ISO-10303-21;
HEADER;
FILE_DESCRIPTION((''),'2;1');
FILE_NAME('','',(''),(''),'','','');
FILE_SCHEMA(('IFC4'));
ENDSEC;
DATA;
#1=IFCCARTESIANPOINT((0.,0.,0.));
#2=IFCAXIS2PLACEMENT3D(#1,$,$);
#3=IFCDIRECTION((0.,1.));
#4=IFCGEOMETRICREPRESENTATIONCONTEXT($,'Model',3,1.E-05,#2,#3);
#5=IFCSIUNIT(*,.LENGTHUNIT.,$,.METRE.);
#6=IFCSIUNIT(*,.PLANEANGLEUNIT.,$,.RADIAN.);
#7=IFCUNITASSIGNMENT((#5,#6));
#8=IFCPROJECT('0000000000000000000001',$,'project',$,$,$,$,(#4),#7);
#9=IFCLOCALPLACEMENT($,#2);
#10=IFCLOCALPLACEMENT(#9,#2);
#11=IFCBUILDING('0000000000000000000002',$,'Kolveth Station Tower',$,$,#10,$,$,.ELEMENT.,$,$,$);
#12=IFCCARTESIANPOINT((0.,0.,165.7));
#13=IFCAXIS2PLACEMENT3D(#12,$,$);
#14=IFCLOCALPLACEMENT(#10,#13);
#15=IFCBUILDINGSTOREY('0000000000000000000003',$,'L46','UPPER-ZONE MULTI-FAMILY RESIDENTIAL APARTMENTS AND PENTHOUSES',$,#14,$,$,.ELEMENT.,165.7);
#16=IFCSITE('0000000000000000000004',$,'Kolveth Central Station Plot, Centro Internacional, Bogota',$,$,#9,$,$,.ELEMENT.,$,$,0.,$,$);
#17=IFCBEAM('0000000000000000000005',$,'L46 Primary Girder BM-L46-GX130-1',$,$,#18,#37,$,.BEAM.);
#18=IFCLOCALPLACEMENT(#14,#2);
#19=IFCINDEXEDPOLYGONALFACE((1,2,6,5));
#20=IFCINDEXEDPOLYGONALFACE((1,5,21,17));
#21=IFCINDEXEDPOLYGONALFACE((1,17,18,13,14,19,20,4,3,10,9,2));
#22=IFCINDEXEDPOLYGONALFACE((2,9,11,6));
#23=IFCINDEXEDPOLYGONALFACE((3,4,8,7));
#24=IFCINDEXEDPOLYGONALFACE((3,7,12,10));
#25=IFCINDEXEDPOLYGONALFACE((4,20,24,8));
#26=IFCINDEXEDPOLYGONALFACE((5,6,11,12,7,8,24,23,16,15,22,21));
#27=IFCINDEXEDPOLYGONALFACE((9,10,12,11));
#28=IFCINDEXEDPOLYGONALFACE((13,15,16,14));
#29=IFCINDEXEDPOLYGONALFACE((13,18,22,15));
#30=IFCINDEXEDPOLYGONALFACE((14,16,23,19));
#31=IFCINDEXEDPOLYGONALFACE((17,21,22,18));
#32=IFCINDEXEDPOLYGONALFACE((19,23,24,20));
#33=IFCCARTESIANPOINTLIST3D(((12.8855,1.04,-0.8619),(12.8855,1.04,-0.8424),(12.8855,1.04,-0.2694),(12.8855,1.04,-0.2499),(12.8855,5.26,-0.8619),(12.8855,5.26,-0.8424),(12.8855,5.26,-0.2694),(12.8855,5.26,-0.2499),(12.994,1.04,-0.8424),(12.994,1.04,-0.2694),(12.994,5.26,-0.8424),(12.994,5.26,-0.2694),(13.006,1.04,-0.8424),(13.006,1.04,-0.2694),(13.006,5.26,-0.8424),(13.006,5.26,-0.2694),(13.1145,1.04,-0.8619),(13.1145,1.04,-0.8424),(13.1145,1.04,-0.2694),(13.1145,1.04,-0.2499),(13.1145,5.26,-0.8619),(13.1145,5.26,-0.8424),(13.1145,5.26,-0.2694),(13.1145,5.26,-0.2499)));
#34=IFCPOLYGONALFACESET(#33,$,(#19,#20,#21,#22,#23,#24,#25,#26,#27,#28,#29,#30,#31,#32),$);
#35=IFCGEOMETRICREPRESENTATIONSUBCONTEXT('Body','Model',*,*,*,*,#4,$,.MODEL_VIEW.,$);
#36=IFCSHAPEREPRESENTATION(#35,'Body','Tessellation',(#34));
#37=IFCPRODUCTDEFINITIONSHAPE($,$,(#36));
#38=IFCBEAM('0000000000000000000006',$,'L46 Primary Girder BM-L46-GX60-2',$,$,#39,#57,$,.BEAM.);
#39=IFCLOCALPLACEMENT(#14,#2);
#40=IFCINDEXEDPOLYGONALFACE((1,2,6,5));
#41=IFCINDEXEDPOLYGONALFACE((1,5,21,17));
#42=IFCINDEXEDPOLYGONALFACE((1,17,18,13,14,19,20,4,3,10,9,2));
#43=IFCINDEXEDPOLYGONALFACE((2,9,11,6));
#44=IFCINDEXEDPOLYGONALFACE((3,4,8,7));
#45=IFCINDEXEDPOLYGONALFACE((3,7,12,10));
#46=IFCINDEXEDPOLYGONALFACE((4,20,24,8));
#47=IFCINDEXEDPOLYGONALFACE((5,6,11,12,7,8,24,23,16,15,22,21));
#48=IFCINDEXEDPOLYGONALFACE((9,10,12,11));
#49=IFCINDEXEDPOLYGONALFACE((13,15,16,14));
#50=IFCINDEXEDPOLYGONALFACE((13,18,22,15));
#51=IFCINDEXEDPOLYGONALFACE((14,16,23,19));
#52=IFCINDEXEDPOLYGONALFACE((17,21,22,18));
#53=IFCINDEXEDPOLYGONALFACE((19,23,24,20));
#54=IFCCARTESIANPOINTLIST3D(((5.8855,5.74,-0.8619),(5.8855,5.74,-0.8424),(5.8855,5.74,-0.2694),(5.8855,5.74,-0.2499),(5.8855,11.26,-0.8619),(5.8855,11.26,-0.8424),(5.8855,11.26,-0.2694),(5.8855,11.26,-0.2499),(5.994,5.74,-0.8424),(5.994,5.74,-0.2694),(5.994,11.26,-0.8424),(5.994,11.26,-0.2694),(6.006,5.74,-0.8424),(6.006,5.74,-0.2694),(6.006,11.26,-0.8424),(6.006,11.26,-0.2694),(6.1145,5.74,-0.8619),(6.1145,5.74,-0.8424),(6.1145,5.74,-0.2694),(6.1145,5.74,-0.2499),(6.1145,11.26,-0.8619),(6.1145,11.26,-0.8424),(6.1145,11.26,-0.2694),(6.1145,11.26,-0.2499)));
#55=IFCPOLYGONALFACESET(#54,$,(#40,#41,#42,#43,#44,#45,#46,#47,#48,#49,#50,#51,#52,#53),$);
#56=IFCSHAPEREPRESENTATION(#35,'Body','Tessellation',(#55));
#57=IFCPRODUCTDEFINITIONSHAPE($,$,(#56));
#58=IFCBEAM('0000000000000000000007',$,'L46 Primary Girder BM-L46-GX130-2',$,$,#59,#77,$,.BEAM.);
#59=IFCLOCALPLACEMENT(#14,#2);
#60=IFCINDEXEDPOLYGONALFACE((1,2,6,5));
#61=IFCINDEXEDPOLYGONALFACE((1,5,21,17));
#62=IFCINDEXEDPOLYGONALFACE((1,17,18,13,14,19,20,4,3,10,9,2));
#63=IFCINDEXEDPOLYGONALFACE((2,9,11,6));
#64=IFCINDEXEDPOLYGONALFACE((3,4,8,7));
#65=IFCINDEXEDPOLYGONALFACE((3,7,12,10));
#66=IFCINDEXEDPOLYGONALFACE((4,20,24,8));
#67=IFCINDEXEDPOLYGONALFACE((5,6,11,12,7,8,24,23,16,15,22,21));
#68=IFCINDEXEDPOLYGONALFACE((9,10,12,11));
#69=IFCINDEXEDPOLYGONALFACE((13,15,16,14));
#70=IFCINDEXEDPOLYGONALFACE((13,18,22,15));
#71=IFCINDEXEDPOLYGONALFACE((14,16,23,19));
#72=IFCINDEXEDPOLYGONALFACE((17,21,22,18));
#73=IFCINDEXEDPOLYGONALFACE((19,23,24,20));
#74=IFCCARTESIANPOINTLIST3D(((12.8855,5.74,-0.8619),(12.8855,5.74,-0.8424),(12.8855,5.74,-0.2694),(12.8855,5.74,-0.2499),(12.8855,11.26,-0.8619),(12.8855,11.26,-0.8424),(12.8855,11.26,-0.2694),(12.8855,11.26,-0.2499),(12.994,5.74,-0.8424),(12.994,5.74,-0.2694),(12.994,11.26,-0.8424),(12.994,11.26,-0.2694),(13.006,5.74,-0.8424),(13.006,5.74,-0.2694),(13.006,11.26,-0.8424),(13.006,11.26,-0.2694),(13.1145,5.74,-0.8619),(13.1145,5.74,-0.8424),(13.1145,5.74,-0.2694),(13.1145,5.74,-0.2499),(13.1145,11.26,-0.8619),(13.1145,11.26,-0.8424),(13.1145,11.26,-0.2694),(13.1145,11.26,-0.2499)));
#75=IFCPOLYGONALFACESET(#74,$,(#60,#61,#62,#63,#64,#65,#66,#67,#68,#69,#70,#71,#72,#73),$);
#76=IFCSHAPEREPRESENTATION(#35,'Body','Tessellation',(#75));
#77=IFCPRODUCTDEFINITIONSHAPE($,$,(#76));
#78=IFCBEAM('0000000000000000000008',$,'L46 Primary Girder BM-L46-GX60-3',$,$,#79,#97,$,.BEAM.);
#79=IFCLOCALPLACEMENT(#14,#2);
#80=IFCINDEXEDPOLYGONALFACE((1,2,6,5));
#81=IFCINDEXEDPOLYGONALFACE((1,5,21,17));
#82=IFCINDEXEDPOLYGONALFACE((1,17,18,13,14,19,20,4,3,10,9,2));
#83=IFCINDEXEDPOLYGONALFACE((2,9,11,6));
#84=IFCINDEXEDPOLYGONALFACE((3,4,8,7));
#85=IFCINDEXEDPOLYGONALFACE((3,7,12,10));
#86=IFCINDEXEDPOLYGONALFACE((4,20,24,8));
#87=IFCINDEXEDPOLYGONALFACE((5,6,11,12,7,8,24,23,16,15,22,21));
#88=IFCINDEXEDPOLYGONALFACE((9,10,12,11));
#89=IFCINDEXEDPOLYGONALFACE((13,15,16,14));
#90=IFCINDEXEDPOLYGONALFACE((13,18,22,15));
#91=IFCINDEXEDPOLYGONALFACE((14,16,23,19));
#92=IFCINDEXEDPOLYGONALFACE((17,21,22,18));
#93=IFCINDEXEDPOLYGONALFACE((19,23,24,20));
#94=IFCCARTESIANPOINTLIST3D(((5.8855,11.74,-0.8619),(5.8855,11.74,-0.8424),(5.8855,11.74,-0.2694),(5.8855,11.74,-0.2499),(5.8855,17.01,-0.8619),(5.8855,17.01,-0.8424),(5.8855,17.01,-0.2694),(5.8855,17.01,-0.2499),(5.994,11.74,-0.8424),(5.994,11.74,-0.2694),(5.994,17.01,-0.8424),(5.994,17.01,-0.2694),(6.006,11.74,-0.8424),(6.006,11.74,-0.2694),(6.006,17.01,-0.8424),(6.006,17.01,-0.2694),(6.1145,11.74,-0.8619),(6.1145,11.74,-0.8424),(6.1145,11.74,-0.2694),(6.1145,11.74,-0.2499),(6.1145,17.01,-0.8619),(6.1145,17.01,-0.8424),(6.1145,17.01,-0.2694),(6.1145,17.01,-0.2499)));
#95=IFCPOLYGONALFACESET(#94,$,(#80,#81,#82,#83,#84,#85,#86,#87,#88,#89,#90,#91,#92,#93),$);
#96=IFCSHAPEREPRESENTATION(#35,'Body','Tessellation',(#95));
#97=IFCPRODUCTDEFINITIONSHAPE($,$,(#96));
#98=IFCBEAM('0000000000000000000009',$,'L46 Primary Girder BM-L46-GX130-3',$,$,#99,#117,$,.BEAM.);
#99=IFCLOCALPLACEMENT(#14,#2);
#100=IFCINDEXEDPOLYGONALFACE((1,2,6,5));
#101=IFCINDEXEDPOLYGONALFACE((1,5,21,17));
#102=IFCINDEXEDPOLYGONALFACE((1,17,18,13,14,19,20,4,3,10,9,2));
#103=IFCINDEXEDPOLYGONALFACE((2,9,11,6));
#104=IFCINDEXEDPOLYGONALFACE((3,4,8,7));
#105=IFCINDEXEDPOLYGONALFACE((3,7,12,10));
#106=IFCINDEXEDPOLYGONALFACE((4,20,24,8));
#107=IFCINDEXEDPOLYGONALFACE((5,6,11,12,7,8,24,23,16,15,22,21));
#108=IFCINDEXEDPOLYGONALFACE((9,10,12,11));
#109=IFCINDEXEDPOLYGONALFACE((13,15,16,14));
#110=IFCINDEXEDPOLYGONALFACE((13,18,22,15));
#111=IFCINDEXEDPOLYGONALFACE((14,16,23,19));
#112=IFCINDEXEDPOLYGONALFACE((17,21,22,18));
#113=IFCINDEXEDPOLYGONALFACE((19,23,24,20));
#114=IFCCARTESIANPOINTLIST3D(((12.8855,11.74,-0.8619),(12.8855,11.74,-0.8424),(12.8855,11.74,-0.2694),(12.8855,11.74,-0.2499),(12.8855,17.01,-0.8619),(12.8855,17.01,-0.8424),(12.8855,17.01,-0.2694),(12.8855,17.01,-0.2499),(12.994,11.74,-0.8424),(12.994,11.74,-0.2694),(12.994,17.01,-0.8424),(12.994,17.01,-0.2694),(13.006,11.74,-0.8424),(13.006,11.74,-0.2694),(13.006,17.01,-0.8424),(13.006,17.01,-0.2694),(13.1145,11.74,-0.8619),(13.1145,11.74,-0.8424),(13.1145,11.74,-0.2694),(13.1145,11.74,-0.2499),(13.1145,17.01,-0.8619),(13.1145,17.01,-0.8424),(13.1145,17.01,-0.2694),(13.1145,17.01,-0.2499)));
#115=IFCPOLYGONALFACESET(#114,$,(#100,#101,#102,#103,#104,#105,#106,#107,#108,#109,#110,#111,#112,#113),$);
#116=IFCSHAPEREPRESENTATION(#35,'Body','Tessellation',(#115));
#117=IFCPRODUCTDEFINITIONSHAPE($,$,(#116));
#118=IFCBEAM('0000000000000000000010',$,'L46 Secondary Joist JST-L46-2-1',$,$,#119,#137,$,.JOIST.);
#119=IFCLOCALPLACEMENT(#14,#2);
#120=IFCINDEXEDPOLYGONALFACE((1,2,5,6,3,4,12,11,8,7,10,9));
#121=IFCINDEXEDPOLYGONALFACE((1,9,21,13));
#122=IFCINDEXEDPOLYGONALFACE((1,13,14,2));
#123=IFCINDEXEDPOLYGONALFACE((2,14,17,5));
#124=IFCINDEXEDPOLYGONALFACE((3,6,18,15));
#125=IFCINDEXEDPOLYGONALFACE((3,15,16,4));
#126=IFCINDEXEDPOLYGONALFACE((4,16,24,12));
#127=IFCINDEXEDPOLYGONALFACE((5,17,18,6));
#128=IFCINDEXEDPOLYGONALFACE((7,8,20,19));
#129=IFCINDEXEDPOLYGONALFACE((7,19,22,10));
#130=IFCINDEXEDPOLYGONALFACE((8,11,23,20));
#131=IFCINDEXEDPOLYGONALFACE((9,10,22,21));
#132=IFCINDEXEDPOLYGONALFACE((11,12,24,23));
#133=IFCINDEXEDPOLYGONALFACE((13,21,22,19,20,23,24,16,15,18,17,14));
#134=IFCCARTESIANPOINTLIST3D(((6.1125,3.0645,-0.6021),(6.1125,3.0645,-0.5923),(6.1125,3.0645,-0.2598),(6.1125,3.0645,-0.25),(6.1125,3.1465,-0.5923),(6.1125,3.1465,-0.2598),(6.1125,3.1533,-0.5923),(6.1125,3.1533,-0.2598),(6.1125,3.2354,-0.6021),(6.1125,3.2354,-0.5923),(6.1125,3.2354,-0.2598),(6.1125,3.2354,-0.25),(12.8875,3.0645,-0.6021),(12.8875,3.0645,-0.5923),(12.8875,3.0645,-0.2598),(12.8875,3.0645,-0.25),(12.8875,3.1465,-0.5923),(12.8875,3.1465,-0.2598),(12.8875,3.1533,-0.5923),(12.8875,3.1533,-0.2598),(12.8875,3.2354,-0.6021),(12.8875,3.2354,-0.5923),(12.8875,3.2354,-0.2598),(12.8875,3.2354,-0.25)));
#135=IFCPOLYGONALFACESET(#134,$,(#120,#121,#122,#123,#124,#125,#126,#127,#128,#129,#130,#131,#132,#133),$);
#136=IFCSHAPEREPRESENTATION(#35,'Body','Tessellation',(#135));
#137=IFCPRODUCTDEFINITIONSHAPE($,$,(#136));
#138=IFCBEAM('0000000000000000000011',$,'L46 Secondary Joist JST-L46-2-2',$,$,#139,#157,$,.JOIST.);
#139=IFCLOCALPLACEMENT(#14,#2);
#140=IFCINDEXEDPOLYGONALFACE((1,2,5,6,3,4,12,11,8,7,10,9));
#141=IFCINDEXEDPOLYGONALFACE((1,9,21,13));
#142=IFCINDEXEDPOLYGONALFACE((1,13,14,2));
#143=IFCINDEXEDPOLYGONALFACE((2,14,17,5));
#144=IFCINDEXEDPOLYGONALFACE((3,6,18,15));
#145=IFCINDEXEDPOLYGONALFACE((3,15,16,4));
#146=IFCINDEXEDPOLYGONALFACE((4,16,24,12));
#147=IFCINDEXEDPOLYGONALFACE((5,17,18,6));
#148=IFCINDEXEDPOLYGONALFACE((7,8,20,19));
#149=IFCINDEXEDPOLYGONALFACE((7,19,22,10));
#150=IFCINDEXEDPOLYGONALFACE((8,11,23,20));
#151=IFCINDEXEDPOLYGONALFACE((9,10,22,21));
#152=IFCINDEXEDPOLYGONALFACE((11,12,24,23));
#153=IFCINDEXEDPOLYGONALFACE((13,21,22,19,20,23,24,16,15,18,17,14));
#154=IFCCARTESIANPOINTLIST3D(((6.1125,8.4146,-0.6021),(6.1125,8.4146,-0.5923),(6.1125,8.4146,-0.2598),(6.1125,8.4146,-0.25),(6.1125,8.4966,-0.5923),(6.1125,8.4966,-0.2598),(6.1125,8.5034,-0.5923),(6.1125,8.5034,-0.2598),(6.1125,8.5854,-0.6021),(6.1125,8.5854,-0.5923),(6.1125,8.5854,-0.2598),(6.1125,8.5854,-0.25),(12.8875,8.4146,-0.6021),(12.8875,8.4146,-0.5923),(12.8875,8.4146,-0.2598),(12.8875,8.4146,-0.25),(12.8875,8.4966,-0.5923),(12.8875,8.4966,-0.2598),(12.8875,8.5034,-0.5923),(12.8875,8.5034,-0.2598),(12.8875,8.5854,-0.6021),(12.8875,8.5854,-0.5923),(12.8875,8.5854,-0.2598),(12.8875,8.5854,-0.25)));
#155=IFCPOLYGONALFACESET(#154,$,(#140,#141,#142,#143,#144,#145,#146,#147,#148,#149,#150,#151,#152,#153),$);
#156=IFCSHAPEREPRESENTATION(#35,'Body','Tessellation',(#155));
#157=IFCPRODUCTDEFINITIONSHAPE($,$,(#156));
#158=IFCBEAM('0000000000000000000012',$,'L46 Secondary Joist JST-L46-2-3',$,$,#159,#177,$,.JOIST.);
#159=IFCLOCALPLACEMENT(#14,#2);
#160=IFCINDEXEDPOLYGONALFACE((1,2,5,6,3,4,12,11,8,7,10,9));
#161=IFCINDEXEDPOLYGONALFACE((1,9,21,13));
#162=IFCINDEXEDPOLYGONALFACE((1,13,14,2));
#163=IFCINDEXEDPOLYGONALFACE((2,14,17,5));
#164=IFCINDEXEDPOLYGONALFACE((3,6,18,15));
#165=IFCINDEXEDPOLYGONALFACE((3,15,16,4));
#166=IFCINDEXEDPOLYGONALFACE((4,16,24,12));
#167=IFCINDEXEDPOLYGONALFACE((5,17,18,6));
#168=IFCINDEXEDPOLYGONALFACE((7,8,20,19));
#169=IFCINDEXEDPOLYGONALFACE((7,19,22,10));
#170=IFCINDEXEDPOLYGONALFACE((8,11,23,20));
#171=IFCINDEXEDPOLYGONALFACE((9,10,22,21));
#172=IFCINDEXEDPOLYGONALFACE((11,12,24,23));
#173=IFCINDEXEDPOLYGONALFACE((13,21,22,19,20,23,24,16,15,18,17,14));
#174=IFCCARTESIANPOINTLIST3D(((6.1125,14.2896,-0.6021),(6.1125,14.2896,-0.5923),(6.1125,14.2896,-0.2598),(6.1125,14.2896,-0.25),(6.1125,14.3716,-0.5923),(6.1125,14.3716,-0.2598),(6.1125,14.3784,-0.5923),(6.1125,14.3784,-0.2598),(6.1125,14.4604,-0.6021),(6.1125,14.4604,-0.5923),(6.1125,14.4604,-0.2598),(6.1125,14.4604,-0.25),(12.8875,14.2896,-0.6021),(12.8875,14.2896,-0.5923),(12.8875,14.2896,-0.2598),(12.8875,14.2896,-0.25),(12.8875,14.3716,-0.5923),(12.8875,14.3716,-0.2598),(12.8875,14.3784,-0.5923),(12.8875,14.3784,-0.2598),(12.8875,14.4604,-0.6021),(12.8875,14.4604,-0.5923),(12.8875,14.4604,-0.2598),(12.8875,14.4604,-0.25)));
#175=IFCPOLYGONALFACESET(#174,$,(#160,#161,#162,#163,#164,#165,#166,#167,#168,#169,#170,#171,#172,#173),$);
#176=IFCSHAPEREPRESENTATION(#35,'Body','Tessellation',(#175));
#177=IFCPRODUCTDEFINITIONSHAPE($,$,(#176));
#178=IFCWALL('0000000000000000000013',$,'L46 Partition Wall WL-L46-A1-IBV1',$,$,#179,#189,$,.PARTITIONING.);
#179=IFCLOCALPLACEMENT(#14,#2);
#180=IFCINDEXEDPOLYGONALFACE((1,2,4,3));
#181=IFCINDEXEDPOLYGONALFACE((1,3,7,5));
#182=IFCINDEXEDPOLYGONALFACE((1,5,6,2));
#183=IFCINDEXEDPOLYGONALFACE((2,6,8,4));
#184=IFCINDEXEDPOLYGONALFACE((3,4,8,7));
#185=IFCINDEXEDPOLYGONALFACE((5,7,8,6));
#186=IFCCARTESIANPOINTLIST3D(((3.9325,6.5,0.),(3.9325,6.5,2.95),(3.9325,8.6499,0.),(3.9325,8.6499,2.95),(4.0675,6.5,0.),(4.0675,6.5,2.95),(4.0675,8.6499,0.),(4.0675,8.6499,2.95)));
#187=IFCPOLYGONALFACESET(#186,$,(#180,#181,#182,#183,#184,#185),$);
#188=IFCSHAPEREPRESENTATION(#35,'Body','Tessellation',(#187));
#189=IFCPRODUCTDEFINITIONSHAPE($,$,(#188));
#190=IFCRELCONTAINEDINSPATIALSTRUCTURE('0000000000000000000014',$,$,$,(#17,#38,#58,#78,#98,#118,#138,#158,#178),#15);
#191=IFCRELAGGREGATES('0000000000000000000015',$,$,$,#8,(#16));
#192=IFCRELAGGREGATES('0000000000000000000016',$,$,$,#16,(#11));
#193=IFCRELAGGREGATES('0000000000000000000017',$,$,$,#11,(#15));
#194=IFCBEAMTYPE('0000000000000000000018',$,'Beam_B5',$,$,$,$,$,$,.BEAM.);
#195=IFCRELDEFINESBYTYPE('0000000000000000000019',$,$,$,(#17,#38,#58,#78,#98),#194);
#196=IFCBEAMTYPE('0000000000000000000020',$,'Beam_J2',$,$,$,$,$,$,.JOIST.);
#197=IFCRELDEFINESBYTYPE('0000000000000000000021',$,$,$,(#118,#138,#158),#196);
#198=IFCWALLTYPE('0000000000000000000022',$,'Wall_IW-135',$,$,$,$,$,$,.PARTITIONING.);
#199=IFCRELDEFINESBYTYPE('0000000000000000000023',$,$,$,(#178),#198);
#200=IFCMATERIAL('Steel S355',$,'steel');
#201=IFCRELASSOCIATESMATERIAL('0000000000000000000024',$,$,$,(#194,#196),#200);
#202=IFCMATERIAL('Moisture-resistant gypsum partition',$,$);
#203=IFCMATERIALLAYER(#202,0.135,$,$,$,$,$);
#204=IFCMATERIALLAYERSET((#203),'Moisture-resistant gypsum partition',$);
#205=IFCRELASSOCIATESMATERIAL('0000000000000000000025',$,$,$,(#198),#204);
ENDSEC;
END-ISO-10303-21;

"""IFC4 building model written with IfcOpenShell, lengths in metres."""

from ifc_helpers import new_model, si_unit, direction, frame, frame_2d, origin, origin_2d, place, context, subcontext, project, spatial, rectangle, i_section, extrude, source, transform, mapped, material, layer, layer_set, material_profile, profile_set, type_object, element, save


model = new_model("IFC4")

# Units and contexts
model_context = context("Model", 3, precision=1e-05, world=origin(), true_north=direction((0.0, 1.0)))
body_context = subcontext(model_context, "Body", "Model", "MODEL_VIEW")
ifc_project = project(units=[si_unit("LENGTHUNIT", "METRE"), si_unit("PLANEANGLEUNIT", "RADIAN")], contexts=[model_context])

# Site, building, storey
site_placement = place(None, origin())
site = spatial("IfcSite", under=ifc_project, at=site_placement, Name="Kolveth Central Station Plot, Centro Internacional, Bogota", CompositionType="ELEMENT", RefElevation=0.0)
building_placement = place(site_placement, origin())
building = spatial("IfcBuilding", under=site, at=building_placement, Name="Kolveth Station Tower", CompositionType="ELEMENT")
storey_placement = place(building_placement, frame((0.0, 0.0, 165.7)))
storey = spatial("IfcBuildingStorey", under=building, at=storey_placement, Name="L46", Description="UPPER-ZONE MULTI-FAMILY RESIDENTIAL APARTMENTS AND PENTHOUSES", CompositionType="ELEMENT", Elevation=165.7)

# Shared definitions
ifc_material_1 = material(Name="Steel S355", Category="steel")

# Beams
ifc_material_profile_1 = material_profile(ifc_material_1, i_section(OverallWidth=0.229, OverallDepth=0.6121, WebThickness=0.012, FlangeThickness=0.0195, at=origin_2d()), Name="W610x125")
ifc_profile_set_1 = profile_set([ifc_material_profile_1], Name="Steel S355")
beam_type_1 = type_object("IfcBeamType", Name="Beam_B5", PredefinedType="BEAM", material=ifc_profile_set_1)
shared_shape_1 = source(origin(), body_context, "Body", "SweptSolid", [
    extrude(i_section(OverallWidth=0.229, OverallDepth=0.6121, WebThickness=0.012, FlangeThickness=0.0195, at=origin_2d()), origin(), (0.0, 0.0, 1.0), 4.22),
])
for number, where, z_axis, x_axis, name in (
    (1, (13.0, 1.04, -0.5559), (0.0, 1.0, 0.0), (-1.0, 0.0, 0.0), "L46 Primary Girder BM-L46-GX130-1"),
):
    element("IfcBeam", number, at=place(storey_placement, frame(where, z_axis=z_axis, x_axis=x_axis)), inside=storey, type_object=beam_type_1, Name=name, PredefinedType="BEAM", context=body_context, shape_type="MappedRepresentation", body=[
        mapped(shared_shape_1, transform((0.0, 0.0, 0.0), x_axis=(1.0, 0.0, 0.0), y_axis=(0.0, 1.0, 0.0), z_axis=(0.0, 0.0, 1.0), scale=1.0)),
    ])
shared_shape_2 = source(origin(), body_context, "Body", "SweptSolid", [
    extrude(i_section(OverallWidth=0.229, OverallDepth=0.6121, WebThickness=0.012, FlangeThickness=0.0195, at=origin_2d()), origin(), (0.0, 0.0, 1.0), 5.52),
])
for number, where, z_axis, x_axis, name in (
    (2, (6.0, 5.74, -0.5559), (0.0, 1.0, 0.0), (-1.0, 0.0, 0.0), "L46 Primary Girder BM-L46-GX60-2"),
    (3, (13.0, 5.74, -0.5559), (0.0, 1.0, 0.0), (-1.0, 0.0, 0.0), "L46 Primary Girder BM-L46-GX130-2"),
):
    element("IfcBeam", number, at=place(storey_placement, frame(where, z_axis=z_axis, x_axis=x_axis)), inside=storey, type_object=beam_type_1, Name=name, PredefinedType="BEAM", context=body_context, shape_type="MappedRepresentation", body=[
        mapped(shared_shape_2, transform((0.0, 0.0, 0.0), x_axis=(1.0, 0.0, 0.0), y_axis=(0.0, 1.0, 0.0), z_axis=(0.0, 0.0, 1.0), scale=1.0)),
    ])
shared_shape_3 = source(origin(), body_context, "Body", "SweptSolid", [
    extrude(i_section(OverallWidth=0.229, OverallDepth=0.6121, WebThickness=0.012, FlangeThickness=0.0195, at=origin_2d()), origin(), (0.0, 0.0, 1.0), 5.27),
])
for number, where, z_axis, x_axis, name in (
    (4, (6.0, 11.74, -0.5559), (0.0, 1.0, 0.0), (-1.0, 0.0, 0.0), "L46 Primary Girder BM-L46-GX60-3"),
    (5, (13.0, 11.74, -0.5559), (0.0, 1.0, 0.0), (-1.0, 0.0, 0.0), "L46 Primary Girder BM-L46-GX130-3"),
):
    element("IfcBeam", number, at=place(storey_placement, frame(where, z_axis=z_axis, x_axis=x_axis)), inside=storey, type_object=beam_type_1, Name=name, PredefinedType="BEAM", context=body_context, shape_type="MappedRepresentation", body=[
        mapped(shared_shape_3, transform((0.0, 0.0, 0.0), x_axis=(1.0, 0.0, 0.0), y_axis=(0.0, 1.0, 0.0), z_axis=(0.0, 0.0, 1.0), scale=1.0)),
    ])
ifc_material_profile_2 = material_profile(ifc_material_1, i_section(OverallWidth=0.1709, OverallDepth=0.3521, WebThickness=0.0068, FlangeThickness=0.0098, at=origin_2d()), Name="W360x44")
ifc_profile_set_2 = profile_set([ifc_material_profile_2], Name="Steel S355")
beam_type_2 = type_object("IfcBeamType", Name="Beam_J2", PredefinedType="JOIST", material=ifc_profile_set_2)
shared_shape_4 = source(origin(), body_context, "Body", "SweptSolid", [
    extrude(i_section(OverallWidth=0.1709, OverallDepth=0.3521, WebThickness=0.0068, FlangeThickness=0.0098, at=origin_2d()), origin(), (0.0, 0.0, 1.0), 6.7749),
])
for number, where, z_axis, x_axis, name in (
    (6, (6.1125, 3.1499, -0.426), (1.0, 0.0, 0.0), (0.0, 1.0, 0.0), "L46 Secondary Joist JST-L46-2-1"),
    (7, (6.1125, 8.5, -0.426), (1.0, 0.0, 0.0), (0.0, 1.0, 0.0), "L46 Secondary Joist JST-L46-2-2"),
    (8, (6.1125, 14.375, -0.426), (1.0, 0.0, 0.0), (0.0, 1.0, 0.0), "L46 Secondary Joist JST-L46-2-3"),
):
    element("IfcBeam", number, at=place(storey_placement, frame(where, z_axis=z_axis, x_axis=x_axis)), inside=storey, type_object=beam_type_2, Name=name, PredefinedType="JOIST", context=body_context, shape_type="MappedRepresentation", body=[
        mapped(shared_shape_4, transform((0.0, 0.0, 0.0), x_axis=(1.0, 0.0, 0.0), y_axis=(0.0, 1.0, 0.0), z_axis=(0.0, 0.0, 1.0), scale=1.0)),
    ])

# Wall
ifc_material_2 = material(Name="Moisture-resistant gypsum partition")
ifc_layer_1 = layer(ifc_material_2, 0.135)
ifc_layer_set_1 = layer_set([ifc_layer_1], Name="Moisture-resistant gypsum partition")
wall_type_1 = type_object("IfcWallType", Name="Wall_IW-135", PredefinedType="PARTITIONING", material=ifc_layer_set_1)
wall_1_placement = place(storey_placement, frame((4.0, 6.5, 0.0), z_axis=(0.0, 0.0, 1.0), x_axis=(0.0, 1.0, 0.0)))
element("IfcWall", 9, at=wall_1_placement, inside=storey, type_object=wall_type_1, Name="L46 Partition Wall WL-L46-A1-IBV1", PredefinedType="PARTITIONING", context=body_context, shape_type="SweptSolid", body=[
    extrude(rectangle(XDim=2.1499, YDim=0.135, at=frame_2d((1.075, 0.0))), origin(), (0.0, 0.0, 1.0), 2.95),
])

save(model, "model.ifc")
